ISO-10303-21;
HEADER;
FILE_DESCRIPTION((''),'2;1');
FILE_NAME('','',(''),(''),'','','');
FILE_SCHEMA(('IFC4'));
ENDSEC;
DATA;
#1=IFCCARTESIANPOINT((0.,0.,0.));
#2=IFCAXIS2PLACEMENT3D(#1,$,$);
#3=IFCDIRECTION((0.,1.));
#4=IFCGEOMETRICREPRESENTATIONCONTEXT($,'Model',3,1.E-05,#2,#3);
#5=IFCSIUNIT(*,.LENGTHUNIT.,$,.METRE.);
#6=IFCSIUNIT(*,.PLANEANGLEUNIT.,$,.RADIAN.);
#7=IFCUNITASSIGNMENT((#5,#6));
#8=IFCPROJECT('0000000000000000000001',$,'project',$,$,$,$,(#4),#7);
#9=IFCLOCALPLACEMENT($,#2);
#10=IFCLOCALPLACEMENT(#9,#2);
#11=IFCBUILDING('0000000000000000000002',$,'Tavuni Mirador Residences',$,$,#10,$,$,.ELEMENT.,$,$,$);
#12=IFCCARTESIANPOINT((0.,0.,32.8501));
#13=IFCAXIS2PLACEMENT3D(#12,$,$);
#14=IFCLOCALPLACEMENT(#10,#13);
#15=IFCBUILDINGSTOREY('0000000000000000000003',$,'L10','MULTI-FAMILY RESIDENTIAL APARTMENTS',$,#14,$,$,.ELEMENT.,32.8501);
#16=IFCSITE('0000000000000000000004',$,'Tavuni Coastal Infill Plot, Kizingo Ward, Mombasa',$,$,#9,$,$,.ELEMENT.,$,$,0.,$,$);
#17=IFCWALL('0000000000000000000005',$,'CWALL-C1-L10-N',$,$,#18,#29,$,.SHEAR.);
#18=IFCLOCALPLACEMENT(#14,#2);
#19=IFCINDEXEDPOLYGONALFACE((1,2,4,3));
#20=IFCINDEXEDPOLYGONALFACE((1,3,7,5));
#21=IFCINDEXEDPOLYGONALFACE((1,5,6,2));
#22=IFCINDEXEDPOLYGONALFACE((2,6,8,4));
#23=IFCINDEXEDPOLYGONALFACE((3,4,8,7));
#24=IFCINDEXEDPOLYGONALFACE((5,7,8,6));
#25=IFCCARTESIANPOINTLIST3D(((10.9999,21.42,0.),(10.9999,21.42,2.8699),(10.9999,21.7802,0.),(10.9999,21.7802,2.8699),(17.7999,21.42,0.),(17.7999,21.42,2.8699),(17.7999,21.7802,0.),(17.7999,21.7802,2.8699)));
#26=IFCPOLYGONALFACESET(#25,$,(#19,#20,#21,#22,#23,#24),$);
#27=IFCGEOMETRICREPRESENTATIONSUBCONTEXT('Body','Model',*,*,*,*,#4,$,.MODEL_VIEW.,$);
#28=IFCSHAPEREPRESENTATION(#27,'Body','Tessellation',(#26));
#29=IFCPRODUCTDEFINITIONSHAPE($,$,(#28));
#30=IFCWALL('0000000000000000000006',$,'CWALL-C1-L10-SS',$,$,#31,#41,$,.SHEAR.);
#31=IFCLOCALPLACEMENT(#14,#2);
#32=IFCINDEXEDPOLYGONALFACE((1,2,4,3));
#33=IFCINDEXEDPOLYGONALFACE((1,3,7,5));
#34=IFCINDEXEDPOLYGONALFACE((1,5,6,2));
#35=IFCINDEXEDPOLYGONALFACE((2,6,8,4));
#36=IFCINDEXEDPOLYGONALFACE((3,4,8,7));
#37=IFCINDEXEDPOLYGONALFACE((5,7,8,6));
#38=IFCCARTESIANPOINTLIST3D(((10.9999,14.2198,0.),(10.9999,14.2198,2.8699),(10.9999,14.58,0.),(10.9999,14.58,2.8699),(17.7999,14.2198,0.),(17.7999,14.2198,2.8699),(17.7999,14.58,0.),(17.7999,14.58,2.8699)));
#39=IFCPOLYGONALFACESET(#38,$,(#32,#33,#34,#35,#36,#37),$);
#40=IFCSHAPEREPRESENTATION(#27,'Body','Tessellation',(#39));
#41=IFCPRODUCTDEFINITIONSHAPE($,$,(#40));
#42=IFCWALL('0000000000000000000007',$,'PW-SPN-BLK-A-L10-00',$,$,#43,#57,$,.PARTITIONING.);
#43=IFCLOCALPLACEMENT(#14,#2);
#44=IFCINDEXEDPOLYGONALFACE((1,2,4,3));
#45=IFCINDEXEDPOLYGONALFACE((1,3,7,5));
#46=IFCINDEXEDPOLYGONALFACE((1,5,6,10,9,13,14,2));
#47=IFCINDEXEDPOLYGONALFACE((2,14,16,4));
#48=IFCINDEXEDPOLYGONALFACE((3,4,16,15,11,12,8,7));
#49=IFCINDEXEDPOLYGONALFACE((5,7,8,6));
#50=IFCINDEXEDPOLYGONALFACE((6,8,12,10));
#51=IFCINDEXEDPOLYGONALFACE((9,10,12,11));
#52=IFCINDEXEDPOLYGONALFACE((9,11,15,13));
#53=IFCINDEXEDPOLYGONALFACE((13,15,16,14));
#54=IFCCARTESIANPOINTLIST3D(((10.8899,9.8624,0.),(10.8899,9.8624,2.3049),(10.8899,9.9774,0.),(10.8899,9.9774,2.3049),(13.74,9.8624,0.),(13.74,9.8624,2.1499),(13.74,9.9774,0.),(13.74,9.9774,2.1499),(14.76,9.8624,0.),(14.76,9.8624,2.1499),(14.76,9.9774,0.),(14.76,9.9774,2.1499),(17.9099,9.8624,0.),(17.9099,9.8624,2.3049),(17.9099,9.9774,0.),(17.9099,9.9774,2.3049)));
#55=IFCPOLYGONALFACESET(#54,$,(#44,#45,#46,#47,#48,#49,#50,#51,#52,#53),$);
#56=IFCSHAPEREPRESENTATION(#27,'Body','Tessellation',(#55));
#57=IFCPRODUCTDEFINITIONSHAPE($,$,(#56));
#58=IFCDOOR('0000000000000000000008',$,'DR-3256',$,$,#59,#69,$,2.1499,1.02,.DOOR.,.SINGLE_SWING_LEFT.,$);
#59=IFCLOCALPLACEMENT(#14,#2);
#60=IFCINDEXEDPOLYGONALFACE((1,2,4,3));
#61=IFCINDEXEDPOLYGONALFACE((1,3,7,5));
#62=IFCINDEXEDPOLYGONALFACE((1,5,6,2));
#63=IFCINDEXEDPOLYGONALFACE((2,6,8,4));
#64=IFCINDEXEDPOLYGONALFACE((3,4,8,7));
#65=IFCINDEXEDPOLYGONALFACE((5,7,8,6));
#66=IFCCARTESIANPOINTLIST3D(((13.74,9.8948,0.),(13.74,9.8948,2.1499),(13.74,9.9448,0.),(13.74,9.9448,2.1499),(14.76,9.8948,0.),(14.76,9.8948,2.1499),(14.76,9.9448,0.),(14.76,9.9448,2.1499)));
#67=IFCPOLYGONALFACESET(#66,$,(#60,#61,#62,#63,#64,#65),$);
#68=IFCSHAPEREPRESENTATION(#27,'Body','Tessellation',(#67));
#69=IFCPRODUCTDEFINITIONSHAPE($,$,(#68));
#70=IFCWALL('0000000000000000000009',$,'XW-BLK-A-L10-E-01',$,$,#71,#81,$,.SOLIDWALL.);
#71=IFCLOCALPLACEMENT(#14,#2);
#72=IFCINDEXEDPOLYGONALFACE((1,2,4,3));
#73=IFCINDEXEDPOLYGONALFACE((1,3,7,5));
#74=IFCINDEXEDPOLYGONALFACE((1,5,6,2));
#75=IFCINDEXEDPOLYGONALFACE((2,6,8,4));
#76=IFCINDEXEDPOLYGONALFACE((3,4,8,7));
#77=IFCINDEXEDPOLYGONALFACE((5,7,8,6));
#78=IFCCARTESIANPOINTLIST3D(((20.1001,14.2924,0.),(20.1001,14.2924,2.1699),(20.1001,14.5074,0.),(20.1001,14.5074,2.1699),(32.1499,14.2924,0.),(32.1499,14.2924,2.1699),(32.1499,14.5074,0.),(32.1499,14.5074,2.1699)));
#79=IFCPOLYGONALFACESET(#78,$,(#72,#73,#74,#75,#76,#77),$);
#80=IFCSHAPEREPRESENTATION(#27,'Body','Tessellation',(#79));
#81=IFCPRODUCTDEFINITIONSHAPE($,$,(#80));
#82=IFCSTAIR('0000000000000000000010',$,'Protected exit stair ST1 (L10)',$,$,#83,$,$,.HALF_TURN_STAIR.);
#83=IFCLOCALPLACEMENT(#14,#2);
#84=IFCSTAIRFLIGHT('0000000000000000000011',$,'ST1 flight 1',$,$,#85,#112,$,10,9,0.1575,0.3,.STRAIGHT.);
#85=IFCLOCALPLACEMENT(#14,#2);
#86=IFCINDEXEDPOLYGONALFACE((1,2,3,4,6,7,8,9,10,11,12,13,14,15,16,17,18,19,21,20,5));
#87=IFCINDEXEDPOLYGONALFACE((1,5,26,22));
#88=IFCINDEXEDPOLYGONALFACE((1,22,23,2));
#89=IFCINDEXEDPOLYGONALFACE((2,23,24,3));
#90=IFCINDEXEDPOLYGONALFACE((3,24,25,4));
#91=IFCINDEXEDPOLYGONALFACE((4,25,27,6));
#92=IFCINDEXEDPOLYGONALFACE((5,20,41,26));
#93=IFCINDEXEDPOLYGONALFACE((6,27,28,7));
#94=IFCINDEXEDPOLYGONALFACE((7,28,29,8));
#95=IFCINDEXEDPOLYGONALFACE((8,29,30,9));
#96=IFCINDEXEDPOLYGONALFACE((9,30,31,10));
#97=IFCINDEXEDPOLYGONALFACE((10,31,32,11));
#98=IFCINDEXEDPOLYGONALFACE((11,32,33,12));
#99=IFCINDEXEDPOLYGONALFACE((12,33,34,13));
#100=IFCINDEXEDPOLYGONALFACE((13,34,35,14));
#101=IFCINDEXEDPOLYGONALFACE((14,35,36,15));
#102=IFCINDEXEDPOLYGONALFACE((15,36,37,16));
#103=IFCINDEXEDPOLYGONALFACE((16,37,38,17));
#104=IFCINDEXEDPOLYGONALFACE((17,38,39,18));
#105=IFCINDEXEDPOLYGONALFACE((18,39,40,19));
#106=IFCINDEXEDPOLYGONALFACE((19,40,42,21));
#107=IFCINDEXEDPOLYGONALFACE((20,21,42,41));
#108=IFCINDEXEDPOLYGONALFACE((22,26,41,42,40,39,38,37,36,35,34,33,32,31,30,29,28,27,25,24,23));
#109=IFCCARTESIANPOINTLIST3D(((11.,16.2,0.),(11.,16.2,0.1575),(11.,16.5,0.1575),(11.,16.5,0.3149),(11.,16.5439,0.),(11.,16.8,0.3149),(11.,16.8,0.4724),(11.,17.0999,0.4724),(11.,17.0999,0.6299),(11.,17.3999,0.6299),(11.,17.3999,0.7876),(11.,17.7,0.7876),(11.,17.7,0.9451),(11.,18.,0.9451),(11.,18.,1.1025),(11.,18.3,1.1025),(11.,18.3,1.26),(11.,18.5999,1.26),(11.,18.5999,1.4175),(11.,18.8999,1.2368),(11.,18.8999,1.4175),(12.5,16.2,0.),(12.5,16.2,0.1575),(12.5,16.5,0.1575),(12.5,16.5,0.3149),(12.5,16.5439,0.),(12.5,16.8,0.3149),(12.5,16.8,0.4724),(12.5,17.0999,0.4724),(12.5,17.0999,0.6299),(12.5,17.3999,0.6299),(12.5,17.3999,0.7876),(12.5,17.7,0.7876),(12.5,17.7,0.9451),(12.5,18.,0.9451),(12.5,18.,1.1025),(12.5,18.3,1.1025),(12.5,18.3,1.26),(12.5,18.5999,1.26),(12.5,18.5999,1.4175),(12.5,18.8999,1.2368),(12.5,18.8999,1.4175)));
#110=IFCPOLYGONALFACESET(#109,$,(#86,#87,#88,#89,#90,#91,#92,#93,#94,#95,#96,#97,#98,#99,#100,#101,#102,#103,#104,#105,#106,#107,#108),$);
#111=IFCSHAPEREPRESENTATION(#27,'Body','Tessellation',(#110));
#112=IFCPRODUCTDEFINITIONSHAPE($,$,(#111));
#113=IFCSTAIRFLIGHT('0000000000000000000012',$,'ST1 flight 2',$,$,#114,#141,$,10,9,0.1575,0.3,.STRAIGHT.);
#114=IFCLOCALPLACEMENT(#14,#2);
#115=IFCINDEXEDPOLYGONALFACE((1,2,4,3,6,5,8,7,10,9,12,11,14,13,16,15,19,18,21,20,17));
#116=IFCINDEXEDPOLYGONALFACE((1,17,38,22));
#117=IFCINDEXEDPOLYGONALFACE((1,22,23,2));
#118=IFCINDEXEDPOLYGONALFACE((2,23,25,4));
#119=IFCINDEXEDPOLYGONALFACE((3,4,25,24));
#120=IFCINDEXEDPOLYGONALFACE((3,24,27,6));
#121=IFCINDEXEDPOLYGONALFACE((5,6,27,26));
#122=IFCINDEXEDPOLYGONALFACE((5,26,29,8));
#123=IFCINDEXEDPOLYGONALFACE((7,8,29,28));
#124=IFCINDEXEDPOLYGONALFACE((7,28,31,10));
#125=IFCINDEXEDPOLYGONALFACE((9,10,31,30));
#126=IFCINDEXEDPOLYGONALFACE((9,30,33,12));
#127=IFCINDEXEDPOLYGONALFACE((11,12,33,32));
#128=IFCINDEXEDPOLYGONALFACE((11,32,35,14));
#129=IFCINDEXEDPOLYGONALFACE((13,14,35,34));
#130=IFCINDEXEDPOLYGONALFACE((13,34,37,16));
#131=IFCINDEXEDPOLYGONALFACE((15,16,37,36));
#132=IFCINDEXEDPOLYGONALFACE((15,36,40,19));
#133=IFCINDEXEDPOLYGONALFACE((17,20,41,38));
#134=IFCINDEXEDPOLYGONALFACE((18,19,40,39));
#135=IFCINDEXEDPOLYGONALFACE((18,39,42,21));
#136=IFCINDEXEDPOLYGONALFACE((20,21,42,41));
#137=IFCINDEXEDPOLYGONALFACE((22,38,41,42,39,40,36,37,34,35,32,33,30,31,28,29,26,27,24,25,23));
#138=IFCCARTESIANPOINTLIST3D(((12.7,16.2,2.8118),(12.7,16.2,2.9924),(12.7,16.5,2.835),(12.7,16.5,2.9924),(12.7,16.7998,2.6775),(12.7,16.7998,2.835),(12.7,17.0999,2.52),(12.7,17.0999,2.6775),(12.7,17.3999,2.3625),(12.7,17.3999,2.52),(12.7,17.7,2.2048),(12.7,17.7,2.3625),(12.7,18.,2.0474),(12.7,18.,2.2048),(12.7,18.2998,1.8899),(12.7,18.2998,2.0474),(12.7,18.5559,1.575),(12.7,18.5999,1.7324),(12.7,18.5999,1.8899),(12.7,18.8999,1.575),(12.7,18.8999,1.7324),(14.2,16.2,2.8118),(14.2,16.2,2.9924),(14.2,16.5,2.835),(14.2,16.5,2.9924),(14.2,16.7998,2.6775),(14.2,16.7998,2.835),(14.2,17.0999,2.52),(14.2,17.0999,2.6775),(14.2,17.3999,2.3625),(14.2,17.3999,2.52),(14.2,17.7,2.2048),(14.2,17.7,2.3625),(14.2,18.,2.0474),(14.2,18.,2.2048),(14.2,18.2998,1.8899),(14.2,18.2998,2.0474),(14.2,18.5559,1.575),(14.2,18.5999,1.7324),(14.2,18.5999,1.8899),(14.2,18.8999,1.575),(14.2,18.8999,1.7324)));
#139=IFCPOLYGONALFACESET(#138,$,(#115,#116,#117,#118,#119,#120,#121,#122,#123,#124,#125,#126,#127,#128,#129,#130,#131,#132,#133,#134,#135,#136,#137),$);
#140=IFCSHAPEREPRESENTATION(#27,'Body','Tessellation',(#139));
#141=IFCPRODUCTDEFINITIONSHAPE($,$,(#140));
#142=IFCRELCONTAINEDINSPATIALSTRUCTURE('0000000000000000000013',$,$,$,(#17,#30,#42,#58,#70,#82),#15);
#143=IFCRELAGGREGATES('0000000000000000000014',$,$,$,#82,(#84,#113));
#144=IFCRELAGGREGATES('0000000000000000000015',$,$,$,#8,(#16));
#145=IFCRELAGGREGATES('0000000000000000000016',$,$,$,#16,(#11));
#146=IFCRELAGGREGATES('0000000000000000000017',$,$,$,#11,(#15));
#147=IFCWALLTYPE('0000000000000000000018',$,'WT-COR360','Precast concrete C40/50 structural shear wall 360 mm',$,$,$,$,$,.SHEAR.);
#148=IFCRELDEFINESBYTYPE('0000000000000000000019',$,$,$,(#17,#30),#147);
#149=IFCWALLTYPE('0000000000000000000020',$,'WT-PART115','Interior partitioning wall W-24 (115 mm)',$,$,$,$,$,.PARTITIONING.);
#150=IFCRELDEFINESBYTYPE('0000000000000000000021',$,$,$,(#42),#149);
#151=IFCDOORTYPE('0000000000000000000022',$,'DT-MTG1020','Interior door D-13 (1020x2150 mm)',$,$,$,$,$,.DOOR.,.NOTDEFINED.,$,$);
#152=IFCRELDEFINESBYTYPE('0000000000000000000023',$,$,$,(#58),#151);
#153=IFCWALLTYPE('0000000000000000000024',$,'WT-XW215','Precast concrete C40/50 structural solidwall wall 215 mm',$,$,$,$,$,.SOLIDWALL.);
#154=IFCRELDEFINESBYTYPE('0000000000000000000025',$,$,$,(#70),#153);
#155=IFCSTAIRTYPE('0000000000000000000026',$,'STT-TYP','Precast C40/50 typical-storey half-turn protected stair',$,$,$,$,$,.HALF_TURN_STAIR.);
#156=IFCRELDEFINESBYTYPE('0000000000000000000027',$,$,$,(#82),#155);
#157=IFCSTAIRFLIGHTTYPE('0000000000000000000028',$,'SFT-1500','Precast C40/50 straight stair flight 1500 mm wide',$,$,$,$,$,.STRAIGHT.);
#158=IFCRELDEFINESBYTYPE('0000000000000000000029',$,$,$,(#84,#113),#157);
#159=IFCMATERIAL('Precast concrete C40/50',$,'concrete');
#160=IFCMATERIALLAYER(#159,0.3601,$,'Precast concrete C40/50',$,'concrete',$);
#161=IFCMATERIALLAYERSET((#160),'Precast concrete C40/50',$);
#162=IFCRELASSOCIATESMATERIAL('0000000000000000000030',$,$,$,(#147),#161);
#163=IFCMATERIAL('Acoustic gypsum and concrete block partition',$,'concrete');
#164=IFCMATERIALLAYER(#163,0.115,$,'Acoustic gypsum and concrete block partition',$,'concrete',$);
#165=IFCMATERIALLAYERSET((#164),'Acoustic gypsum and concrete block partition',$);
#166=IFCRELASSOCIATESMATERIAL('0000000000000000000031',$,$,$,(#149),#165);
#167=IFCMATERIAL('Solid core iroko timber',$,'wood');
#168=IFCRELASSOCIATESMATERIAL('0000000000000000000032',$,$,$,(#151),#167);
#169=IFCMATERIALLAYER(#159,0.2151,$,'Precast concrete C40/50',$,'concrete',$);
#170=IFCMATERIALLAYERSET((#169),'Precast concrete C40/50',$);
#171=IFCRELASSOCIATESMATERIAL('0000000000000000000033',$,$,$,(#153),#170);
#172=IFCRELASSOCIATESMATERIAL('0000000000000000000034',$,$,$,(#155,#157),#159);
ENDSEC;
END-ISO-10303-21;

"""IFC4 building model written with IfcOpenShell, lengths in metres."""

from ifc_helpers import new_model, si_unit, direction, frame, frame_2d, origin, place, context, subcontext, project, spatial, polyline, rectangle, outline, extrude, material, layer, layer_set, type_object, element, fill, aggregate, save


model = new_model("IFC4")

# Units and contexts
model_context = context("Model", 3, precision=1e-05, world=origin(), true_north=direction((0.0, 1.0)))
body_context = subcontext(model_context, "Body", "Model", "MODEL_VIEW")
ifc_project = project(units=[si_unit("LENGTHUNIT", "METRE"), si_unit("PLANEANGLEUNIT", "RADIAN")], contexts=[model_context])

# Site, building, storey
site_placement = place(None, origin())
site = spatial("IfcSite", under=ifc_project, at=site_placement, Name="Tavuni Coastal Infill Plot, Kizingo Ward, Mombasa", CompositionType="ELEMENT", RefElevation=0.0)
building_placement = place(site_placement, origin())
building = spatial("IfcBuilding", under=site, at=building_placement, Name="Tavuni Mirador Residences", CompositionType="ELEMENT")
storey_placement = place(building_placement, frame((0.0, 0.0, 32.8501)))
storey = spatial("IfcBuildingStorey", under=building, at=storey_placement, Name="L10", Description="MULTI-FAMILY RESIDENTIAL APARTMENTS", CompositionType="ELEMENT", Elevation=32.8501)

# Shared definitions
ifc_material_1 = material(Name="Precast concrete C40/50", Category="concrete")

# Shared definitions
ifc_material_2 = material(Name="Solid core iroko timber", Category="wood")

# Wall
ifc_layer_1 = layer(ifc_material_1, 0.3601, Name="Precast concrete C40/50", Category="concrete")
ifc_layer_set_1 = layer_set([ifc_layer_1], Name="Precast concrete C40/50")
wall_type_1 = type_object("IfcWallType", Name="WT-COR360", Description="Precast concrete C40/50 structural shear wall 360 mm", PredefinedType="SHEAR", material=ifc_layer_set_1)
wall_1_placement = place(storey_placement, frame((11.0, 21.6001, 0.0), z_axis=(0.0, 0.0, 1.0), x_axis=(1.0, 0.0, 0.0)))
element("IfcWall", 1, at=wall_1_placement, inside=storey, type_object=wall_type_1, Name="CWALL-C1-L10-N", PredefinedType="SHEAR", context=body_context, shape_type="SweptSolid", body=[
    extrude(rectangle(XDim=6.8, YDim=0.3601, at=frame_2d((3.3999, 0.0))), origin(), (0.0, 0.0, 1.0), 2.8699),
])

# Wall
wall_2_placement = place(storey_placement, frame((11.0, 14.3999, 0.0), z_axis=(0.0, 0.0, 1.0), x_axis=(1.0, 0.0, 0.0)))
element("IfcWall", 2, at=wall_2_placement, inside=storey, type_object=wall_type_1, Name="CWALL-C1-L10-SS", PredefinedType="SHEAR", context=body_context, shape_type="SweptSolid", body=[
    extrude(rectangle(XDim=6.8, YDim=0.3601, at=frame_2d((3.3999, 0.0))), origin(), (0.0, 0.0, 1.0), 2.8699),
])

# Wall, opening, door
ifc_material_3 = material(Name="Acoustic gypsum and concrete block partition", Category="concrete")
ifc_layer_2 = layer(ifc_material_3, 0.115, Name="Acoustic gypsum and concrete block partition", Category="concrete")
ifc_layer_set_2 = layer_set([ifc_layer_2], Name="Acoustic gypsum and concrete block partition")
wall_type_2 = type_object("IfcWallType", Name="WT-PART115", Description="Interior partitioning wall W-24 (115 mm)", PredefinedType="PARTITIONING", material=ifc_layer_set_2)
wall_3_placement = place(storey_placement, frame((10.8899, 9.9199, 0.0), z_axis=(0.0, 0.0, 1.0), x_axis=(1.0, 0.0, 0.0)))
wall_3 = element("IfcWall", 3, at=wall_3_placement, inside=storey, type_object=wall_type_2, Name="PW-SPN-BLK-A-L10-00", PredefinedType="PARTITIONING", context=body_context, shape_type="SweptSolid", body=[
    extrude(rectangle(XDim=7.02, YDim=0.115, at=frame_2d((3.51, 0.0))), origin(), (0.0, 0.0, 1.0), 2.3049),
])
opening_1_placement = place(wall_3_placement, frame((2.8501, 0.0, 0.0)))
opening_1 = element("IfcOpeningElement", 4, at=opening_1_placement, cuts=wall_3, PredefinedType="OPENING", context=body_context, shape_type="SweptSolid", body=[
    extrude(rectangle(XDim=1.02, YDim=2.1499, at=frame_2d((0.51, 1.075))), frame((0.0, 0.0674, 0.0), z_axis=(0.0, -1.0, 0.0), x_axis=(1.0, 0.0, 0.0)), (0.0, 0.0, 1.0), 0.135),
])
door_type_1 = type_object("IfcDoorType", Name="DT-MTG1020", Description="Interior door D-13 (1020x2150 mm)", OperationType="NOTDEFINED", PredefinedType="DOOR", material=ifc_material_2)
door_1_placement = place(opening_1_placement, origin())
door_1 = element("IfcDoor", 5, at=door_1_placement, inside=storey, type_object=door_type_1, Name="DR-3256", OperationType="SINGLE_SWING_LEFT", OverallHeight=2.1499, OverallWidth=1.02, PredefinedType="DOOR", context=body_context, shape_type="SweptSolid", body=[
    extrude(rectangle(XDim=1.02, YDim=2.1499, at=frame_2d((0.51, 1.075))), frame((0.0, 0.0249, 0.0), z_axis=(0.0, -1.0, 0.0), x_axis=(1.0, 0.0, 0.0)), (0.0, 0.0, 1.0), 0.05),
])
fill(opening_1, door_1)

# Wall
ifc_layer_3 = layer(ifc_material_1, 0.2151, Name="Precast concrete C40/50", Category="concrete")
ifc_layer_set_3 = layer_set([ifc_layer_3], Name="Precast concrete C40/50")
wall_type_3 = type_object("IfcWallType", Name="WT-XW215", Description="Precast concrete C40/50 structural solidwall wall 215 mm", PredefinedType="SOLIDWALL", material=ifc_layer_set_3)
wall_4_placement = place(storey_placement, frame((20.1001, 14.3999, 0.0), z_axis=(0.0, 0.0, 1.0), x_axis=(1.0, 0.0, 0.0)))
element("IfcWall", 6, at=wall_4_placement, inside=storey, type_object=wall_type_3, Name="XW-BLK-A-L10-E-01", PredefinedType="SOLIDWALL", context=body_context, shape_type="SweptSolid", body=[
    extrude(rectangle(XDim=12.0498, YDim=0.2151, at=frame_2d((6.0249, 0.0))), origin(), (0.0, 0.0, 1.0), 2.1699),
])

# Stair, stair flights
stair_type = type_object("IfcStairType", Name="STT-TYP", Description="Precast C40/50 typical-storey half-turn protected stair", PredefinedType="HALF_TURN_STAIR", material=ifc_material_1)
stair_placement = place(storey_placement, origin())
stair = element("IfcStair", 7, at=stair_placement, inside=storey, type_object=stair_type, Name="Protected exit stair ST1 (L10)", PredefinedType="HALF_TURN_STAIR")
stair_flight_type = type_object("IfcStairFlightType", Name="SFT-1500", Description="Precast C40/50 straight stair flight 1500 mm wide", PredefinedType="STRAIGHT", material=ifc_material_1)
stair_flight_1_placement = place(storey_placement, frame((11.75, 16.2, 0.0), z_axis=(0.0, 0.0, 1.0), x_axis=(0.0, 1.0, 0.0)))
stair_flight_1 = element("IfcStairFlight", 8, at=stair_flight_1_placement, type_object=stair_flight_type, Name="ST1 flight 1", NumberOfRisers=10, NumberOfTreads=9, PredefinedType="STRAIGHT", RiserHeight=0.1575, TreadLength=0.3, context=body_context, shape_type="SweptSolid", body=[
    extrude(outline(polyline([(0.0, 0.0), (0.0, 0.1575), (0.3, 0.1575), (0.3, 0.3149), (0.6001, 0.3149), (0.6001, 0.4724), (0.8999, 0.4724), (0.8999, 0.6299), (1.2, 0.6299), (1.2, 0.7876), (1.5, 0.7876), (1.5, 0.9451), (1.8, 0.9451), (1.8, 1.1025), (2.1001, 1.1025), (2.1001, 1.26), (2.3999, 1.26), (2.3999, 1.4175), (2.7, 1.4175), (2.7, 1.575), (2.7, 1.2368), (0.344, 0.0), (0.0, 0.0)])), frame((0.0, 0.75, 0.0), z_axis=(0.0, -1.0, 0.0), x_axis=(1.0, 0.0, 0.0)), (0.0, 0.0, 1.0), 1.5),
])
stair_flight_2_placement = place(storey_placement, frame((13.45, 18.8999, 1.575), z_axis=(0.0, 0.0, 1.0), x_axis=(0.0, -1.0, 0.0)))
stair_flight_2 = element("IfcStairFlight", 9, at=stair_flight_2_placement, type_object=stair_flight_type, Name="ST1 flight 2", NumberOfRisers=10, NumberOfTreads=9, PredefinedType="STRAIGHT", RiserHeight=0.1575, TreadLength=0.3, context=body_context, shape_type="SweptSolid", body=[
    extrude(outline(polyline([(0.0, 0.0), (0.0, 0.1575), (0.3, 0.1575), (0.3, 0.3149), (0.6001, 0.3149), (0.6001, 0.4724), (0.8999, 0.4724), (0.8999, 0.6299), (1.2, 0.6299), (1.2, 0.7876), (1.5, 0.7876), (1.5, 0.9451), (1.8, 0.9451), (1.8, 1.1025), (2.1001, 1.1025), (2.1001, 1.26), (2.3999, 1.26), (2.3999, 1.4175), (2.7, 1.4175), (2.7, 1.575), (2.7, 1.2368), (0.344, 0.0), (0.0, 0.0)])), frame((0.0, 0.75, 0.0), z_axis=(0.0, -1.0, 0.0), x_axis=(1.0, 0.0, 0.0)), (0.0, 0.0, 1.0), 1.5),
])
aggregate(stair, [stair_flight_1, stair_flight_2])

save(model, "model.ifc")
